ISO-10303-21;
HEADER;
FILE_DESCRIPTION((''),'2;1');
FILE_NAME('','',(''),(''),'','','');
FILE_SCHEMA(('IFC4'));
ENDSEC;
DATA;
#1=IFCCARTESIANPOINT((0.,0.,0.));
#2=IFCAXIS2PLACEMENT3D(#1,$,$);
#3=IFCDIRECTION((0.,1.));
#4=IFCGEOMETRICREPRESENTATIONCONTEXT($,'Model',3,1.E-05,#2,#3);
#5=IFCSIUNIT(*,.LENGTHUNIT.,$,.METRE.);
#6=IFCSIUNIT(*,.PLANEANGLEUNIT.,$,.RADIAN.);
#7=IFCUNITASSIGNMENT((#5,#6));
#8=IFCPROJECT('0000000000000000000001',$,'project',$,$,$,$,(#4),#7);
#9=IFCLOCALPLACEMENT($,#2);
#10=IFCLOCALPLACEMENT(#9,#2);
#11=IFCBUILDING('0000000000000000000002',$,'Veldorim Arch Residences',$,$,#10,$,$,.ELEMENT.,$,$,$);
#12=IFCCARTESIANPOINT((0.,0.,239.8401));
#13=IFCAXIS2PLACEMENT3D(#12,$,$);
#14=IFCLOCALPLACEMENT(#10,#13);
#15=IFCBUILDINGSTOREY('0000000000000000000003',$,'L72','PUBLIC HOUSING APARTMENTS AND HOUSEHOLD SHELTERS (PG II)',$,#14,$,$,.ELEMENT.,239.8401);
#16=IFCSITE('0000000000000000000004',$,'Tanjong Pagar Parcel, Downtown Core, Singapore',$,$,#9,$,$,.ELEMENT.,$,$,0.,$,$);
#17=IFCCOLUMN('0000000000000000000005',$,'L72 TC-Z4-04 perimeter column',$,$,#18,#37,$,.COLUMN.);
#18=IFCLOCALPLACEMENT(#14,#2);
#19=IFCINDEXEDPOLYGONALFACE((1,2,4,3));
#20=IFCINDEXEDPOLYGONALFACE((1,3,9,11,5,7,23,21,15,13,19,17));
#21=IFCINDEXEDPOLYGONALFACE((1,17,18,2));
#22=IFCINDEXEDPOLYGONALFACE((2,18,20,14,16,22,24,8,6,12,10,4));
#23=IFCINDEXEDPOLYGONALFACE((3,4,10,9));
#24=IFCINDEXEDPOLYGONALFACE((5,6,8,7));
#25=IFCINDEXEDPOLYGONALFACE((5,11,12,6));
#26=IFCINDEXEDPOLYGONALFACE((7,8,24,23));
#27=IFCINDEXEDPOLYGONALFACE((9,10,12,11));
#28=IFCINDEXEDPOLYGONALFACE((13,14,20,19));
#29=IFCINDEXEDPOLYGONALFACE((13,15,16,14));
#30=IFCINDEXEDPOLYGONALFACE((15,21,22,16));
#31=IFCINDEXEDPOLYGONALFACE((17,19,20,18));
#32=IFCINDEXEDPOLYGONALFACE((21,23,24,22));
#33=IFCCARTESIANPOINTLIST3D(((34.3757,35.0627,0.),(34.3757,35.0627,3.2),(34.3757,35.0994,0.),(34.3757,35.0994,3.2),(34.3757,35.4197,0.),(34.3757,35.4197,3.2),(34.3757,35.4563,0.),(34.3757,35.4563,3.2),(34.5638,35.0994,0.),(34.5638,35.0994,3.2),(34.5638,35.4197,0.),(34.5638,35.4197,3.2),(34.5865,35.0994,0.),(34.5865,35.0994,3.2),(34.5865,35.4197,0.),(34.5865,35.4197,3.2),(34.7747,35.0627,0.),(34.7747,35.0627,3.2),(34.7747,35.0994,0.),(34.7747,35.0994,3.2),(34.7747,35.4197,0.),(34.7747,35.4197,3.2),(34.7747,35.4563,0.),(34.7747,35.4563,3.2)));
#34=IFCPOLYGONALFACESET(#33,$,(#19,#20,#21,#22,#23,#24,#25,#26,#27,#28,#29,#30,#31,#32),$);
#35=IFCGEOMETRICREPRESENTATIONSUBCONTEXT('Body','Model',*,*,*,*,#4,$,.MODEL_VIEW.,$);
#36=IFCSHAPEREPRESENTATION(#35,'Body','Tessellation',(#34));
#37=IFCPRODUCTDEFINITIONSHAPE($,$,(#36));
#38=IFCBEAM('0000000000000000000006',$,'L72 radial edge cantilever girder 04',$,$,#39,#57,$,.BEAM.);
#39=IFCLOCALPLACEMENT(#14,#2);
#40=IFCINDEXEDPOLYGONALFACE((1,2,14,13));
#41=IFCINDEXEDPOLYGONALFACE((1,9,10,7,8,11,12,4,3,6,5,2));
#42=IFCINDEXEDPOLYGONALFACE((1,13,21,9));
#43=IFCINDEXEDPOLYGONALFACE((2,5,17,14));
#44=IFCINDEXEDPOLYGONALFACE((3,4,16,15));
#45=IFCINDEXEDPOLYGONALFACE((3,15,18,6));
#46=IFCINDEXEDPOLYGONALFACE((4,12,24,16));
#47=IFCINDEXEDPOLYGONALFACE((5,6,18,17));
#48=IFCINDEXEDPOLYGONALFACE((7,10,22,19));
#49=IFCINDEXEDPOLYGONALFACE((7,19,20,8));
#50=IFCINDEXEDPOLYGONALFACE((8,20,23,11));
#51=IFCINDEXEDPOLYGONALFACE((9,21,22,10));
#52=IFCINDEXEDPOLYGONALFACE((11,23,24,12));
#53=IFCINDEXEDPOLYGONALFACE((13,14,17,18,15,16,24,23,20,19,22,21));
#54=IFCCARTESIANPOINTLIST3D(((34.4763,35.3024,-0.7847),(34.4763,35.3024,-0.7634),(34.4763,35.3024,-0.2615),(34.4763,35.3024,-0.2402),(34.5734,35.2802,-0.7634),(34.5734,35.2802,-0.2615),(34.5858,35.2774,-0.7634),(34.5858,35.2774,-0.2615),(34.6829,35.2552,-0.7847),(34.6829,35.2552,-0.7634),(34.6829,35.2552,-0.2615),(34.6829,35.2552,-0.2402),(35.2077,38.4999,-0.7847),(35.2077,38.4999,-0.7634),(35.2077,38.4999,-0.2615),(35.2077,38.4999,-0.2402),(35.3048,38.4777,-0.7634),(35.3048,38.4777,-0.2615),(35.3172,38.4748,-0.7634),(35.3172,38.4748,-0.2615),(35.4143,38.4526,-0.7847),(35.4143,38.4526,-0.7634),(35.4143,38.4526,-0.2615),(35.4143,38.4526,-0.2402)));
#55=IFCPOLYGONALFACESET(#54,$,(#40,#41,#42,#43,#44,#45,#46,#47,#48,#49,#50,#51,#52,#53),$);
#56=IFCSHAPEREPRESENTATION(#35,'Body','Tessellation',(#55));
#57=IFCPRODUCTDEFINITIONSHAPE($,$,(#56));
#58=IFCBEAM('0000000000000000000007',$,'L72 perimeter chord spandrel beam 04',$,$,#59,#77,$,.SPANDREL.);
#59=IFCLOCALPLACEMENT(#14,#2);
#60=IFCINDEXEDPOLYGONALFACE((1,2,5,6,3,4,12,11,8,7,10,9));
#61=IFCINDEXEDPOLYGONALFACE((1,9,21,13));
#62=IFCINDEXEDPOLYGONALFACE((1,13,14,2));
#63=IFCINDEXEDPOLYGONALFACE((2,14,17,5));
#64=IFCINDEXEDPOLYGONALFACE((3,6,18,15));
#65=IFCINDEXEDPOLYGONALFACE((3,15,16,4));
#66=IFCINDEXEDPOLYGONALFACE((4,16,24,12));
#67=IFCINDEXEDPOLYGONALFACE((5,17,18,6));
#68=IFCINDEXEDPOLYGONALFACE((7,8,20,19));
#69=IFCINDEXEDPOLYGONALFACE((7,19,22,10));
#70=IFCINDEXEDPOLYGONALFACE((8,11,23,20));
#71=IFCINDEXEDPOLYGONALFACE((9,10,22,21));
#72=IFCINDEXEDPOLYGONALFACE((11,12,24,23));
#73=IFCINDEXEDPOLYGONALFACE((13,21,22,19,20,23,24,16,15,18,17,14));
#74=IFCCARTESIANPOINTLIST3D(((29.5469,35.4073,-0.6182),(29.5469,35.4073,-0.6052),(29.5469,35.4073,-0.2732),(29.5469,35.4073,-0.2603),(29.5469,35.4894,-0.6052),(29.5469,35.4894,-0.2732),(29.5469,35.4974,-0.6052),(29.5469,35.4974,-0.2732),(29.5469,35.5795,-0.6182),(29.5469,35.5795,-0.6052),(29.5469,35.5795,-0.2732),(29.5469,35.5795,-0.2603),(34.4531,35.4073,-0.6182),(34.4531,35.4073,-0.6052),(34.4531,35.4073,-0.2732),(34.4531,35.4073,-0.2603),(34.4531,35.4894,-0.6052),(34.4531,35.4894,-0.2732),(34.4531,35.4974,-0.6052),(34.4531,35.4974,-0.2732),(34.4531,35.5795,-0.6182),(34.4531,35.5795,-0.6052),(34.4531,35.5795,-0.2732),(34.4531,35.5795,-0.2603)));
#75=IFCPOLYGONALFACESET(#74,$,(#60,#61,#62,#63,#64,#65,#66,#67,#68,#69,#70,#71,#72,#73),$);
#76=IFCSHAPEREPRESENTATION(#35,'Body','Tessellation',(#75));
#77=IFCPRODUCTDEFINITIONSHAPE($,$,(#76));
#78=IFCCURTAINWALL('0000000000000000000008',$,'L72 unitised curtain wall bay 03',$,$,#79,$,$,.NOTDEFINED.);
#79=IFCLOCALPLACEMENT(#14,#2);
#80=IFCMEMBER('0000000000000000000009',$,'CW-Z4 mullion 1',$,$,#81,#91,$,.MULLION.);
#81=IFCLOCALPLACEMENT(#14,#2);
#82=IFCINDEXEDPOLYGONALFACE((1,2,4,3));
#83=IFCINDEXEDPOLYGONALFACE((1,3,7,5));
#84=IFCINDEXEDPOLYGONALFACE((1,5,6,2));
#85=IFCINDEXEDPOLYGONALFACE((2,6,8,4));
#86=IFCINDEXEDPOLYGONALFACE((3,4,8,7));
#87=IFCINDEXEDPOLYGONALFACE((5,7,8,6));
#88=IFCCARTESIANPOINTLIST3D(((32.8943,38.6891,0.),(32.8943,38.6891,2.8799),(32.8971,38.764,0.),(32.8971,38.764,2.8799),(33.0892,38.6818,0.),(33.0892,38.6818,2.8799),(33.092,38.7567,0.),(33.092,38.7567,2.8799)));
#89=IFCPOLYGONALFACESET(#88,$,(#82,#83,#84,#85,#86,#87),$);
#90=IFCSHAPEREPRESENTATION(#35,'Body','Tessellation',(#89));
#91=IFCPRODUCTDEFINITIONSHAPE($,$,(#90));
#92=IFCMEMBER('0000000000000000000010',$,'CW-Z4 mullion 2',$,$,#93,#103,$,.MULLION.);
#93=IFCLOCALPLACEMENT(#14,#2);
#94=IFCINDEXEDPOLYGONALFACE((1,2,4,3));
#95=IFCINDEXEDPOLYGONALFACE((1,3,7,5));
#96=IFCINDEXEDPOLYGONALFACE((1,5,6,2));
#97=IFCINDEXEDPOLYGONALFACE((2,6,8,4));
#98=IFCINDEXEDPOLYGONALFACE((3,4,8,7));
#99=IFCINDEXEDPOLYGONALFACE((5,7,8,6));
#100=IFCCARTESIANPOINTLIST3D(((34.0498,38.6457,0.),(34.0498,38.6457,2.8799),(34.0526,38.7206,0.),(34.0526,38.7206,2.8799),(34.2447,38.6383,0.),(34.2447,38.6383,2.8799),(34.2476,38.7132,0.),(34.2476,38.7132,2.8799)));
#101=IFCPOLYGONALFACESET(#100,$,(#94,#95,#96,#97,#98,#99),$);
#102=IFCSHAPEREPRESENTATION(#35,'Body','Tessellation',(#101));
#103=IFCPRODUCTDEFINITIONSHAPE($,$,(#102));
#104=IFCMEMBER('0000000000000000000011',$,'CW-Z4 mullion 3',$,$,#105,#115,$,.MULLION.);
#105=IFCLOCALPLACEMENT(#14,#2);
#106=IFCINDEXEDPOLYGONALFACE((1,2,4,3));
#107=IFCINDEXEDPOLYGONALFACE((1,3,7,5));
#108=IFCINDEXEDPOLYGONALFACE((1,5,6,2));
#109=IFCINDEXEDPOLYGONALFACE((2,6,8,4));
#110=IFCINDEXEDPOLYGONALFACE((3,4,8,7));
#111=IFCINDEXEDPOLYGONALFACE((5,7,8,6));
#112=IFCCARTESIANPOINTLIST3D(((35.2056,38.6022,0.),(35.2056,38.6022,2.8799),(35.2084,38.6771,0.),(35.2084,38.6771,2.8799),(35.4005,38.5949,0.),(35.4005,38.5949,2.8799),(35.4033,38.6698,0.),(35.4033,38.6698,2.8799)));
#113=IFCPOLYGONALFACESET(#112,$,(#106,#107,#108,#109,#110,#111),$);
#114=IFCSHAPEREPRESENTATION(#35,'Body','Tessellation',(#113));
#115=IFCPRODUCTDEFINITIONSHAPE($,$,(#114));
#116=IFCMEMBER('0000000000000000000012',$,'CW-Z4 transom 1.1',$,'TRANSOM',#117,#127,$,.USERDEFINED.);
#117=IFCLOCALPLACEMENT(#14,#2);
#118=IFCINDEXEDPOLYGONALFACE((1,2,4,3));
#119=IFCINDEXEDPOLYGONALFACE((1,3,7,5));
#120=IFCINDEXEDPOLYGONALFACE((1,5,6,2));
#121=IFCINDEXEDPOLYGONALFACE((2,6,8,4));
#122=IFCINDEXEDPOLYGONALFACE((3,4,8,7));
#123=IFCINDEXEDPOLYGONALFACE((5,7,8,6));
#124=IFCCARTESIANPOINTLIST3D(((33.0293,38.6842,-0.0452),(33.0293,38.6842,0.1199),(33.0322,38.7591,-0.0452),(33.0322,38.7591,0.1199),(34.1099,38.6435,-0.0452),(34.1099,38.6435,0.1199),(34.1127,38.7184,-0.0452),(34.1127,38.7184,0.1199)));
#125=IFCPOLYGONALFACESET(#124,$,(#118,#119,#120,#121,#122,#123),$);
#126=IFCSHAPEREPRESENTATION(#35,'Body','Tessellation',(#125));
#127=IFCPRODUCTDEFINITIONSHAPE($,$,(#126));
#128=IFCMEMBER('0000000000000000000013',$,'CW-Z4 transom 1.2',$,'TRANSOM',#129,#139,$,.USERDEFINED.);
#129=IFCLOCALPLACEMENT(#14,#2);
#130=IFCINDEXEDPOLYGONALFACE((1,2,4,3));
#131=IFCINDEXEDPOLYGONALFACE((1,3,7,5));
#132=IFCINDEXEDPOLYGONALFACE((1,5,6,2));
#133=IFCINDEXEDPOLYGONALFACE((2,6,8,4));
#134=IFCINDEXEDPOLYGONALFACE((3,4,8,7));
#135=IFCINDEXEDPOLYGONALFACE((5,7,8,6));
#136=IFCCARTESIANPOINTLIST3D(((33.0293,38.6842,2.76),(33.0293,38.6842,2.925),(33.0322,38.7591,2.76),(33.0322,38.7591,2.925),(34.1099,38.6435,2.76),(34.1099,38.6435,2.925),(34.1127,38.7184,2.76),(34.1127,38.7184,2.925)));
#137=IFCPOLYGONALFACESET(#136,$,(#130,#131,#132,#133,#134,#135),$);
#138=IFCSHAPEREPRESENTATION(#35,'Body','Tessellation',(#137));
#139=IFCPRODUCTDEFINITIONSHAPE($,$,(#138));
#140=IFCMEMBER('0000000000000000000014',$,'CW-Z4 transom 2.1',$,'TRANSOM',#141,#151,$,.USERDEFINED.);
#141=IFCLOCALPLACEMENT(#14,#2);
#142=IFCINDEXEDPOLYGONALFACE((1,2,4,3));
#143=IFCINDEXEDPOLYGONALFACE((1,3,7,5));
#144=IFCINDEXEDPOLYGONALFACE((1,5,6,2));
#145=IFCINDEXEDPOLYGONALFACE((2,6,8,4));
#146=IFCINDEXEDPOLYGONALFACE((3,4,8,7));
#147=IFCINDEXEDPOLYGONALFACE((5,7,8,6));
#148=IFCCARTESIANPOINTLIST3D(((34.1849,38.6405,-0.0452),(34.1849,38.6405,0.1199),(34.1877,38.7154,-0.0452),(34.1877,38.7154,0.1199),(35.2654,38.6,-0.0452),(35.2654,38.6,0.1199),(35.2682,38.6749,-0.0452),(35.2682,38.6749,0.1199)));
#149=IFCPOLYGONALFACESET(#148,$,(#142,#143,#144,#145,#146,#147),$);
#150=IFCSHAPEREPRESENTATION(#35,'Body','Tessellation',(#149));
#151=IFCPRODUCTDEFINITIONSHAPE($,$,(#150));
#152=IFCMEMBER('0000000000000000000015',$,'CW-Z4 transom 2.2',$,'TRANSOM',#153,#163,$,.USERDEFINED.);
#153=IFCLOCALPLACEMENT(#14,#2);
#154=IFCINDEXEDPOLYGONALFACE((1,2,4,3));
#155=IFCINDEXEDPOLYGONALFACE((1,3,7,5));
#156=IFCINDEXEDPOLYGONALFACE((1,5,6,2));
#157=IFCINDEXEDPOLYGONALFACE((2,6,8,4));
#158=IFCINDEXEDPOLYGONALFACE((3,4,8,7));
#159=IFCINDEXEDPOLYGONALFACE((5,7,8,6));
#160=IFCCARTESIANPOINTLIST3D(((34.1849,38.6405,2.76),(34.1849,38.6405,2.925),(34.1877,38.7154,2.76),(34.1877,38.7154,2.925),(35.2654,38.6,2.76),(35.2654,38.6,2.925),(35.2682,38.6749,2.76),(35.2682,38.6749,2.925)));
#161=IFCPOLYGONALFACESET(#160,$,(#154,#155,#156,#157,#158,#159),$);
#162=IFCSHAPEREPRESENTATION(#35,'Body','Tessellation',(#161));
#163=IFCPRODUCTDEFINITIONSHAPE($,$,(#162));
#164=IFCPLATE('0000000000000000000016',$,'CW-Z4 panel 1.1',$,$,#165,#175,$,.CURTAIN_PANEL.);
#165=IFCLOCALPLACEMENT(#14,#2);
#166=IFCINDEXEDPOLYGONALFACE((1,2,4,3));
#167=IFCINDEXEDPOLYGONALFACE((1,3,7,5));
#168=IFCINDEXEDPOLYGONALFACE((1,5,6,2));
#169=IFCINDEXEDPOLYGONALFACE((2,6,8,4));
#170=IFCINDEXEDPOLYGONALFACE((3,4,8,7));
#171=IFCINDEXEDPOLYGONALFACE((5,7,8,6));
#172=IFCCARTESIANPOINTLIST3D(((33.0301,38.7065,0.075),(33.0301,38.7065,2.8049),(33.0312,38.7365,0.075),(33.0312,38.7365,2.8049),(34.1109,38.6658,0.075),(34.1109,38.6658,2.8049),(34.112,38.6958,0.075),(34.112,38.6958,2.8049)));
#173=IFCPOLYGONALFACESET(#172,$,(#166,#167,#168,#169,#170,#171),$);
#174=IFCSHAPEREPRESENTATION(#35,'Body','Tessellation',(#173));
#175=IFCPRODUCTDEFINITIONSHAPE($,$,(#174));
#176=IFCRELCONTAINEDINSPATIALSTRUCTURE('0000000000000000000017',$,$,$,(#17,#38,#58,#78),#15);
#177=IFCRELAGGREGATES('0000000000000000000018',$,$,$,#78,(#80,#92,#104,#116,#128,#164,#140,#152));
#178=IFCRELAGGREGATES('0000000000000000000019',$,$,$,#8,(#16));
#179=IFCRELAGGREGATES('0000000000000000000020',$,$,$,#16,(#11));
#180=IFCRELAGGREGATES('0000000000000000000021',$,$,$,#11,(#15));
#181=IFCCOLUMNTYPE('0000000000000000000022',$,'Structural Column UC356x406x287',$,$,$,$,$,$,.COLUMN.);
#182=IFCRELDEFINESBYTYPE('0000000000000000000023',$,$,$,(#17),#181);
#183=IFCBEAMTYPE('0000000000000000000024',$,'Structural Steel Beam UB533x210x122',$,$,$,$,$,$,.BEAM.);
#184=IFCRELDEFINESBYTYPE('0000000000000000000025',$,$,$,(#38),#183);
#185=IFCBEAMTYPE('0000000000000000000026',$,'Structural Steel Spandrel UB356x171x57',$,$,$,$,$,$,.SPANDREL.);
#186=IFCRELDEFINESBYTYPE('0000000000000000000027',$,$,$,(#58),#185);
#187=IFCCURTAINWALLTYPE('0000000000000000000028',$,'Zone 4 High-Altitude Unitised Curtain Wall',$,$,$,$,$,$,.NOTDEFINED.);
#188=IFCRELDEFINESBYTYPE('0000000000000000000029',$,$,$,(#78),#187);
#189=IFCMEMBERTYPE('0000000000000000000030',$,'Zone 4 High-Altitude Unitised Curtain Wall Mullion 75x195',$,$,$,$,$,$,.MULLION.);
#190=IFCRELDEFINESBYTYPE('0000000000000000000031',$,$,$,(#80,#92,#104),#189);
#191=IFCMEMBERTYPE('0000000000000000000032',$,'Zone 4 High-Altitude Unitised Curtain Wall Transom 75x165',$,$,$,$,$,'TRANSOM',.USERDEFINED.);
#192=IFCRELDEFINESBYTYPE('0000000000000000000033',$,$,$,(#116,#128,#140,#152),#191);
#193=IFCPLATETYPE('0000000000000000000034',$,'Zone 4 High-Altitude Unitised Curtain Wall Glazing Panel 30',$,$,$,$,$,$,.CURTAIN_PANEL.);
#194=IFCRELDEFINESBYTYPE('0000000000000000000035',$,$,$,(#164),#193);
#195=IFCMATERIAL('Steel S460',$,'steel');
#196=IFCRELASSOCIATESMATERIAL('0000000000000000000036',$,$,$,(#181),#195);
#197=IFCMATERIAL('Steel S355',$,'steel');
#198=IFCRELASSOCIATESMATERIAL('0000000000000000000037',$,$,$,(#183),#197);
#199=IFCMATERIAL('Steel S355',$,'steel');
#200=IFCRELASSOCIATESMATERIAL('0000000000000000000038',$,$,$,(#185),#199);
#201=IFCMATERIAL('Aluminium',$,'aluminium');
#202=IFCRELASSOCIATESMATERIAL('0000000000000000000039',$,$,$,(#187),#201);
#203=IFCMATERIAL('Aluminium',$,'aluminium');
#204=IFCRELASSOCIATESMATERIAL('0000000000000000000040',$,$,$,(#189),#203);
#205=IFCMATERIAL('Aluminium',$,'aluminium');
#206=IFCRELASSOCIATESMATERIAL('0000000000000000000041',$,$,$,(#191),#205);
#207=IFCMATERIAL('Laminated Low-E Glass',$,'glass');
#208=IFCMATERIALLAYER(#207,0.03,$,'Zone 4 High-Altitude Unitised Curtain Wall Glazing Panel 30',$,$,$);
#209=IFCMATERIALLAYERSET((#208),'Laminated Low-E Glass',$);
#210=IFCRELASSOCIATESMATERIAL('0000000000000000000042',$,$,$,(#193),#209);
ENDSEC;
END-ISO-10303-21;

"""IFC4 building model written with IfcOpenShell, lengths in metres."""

from ifc_helpers import new_model, si_unit, direction, frame, origin, origin_2d, place, context, subcontext, project, spatial, rectangle, i_section, extrude, material, layer, layer_set, material_profile, profile_set, type_object, element, aggregate, save


model = new_model("IFC4")

# Units and contexts
model_context = context("Model", 3, precision=1e-05, world=origin(), true_north=direction((0.0, 1.0)))
body_context = subcontext(model_context, "Body", "Model", "MODEL_VIEW")
ifc_project = project(units=[si_unit("LENGTHUNIT", "METRE"), si_unit("PLANEANGLEUNIT", "RADIAN")], contexts=[model_context])

# Site, building, storey
site_placement = place(None, origin())
site = spatial("IfcSite", under=ifc_project, at=site_placement, Name="Tanjong Pagar Parcel, Downtown Core, Singapore", CompositionType="ELEMENT", RefElevation=0.0)
building_placement = place(site_placement, origin())
building = spatial("IfcBuilding", under=site, at=building_placement, Name="Veldorim Arch Residences", CompositionType="ELEMENT")
storey_placement = place(building_placement, frame((0.0, 0.0, 239.8401)))
storey = spatial("IfcBuildingStorey", under=building, at=storey_placement, Name="L72", Description="PUBLIC HOUSING APARTMENTS AND HOUSEHOLD SHELTERS (PG II)", CompositionType="ELEMENT", Elevation=239.8401)

# Column
ifc_material_1 = material(Name="Steel S460", Category="steel")
ifc_material_profile_1 = material_profile(ifc_material_1, i_section(OverallWidth=0.3989, OverallDepth=0.3936, WebThickness=0.0227, FlangeThickness=0.0366, at=origin_2d()), Name="UC356x406x287")
ifc_profile_set_1 = profile_set([ifc_material_profile_1], Name="Steel S460")
column_type = type_object("IfcColumnType", Name="Structural Column UC356x406x287", PredefinedType="COLUMN", material=ifc_profile_set_1)
column_placement = place(storey_placement, frame((34.5752, 35.2595, 0.0), z_axis=(0.0, 0.0, 1.0), x_axis=(1.0, 0.0, 0.0)))
element("IfcColumn", 1, at=column_placement, inside=storey, type_object=column_type, Name="L72 TC-Z4-04 perimeter column", PredefinedType="COLUMN", context=body_context, shape_type="SweptSolid", body=[
    extrude(i_section(OverallWidth=0.3989, OverallDepth=0.3936, WebThickness=0.0227, FlangeThickness=0.0366, at=origin_2d()), origin(), (0.0, 0.0, 1.0), 3.2),
])

# Beams
ifc_material_2 = material(Name="Steel S355", Category="steel")
ifc_material_profile_2 = material_profile(ifc_material_2, i_section(OverallWidth=0.2119, OverallDepth=0.5444, WebThickness=0.0127, FlangeThickness=0.0212, at=origin_2d()), Name="UB533x210x122")
ifc_profile_set_2 = profile_set([ifc_material_profile_2], Name="Steel S355")
beam_type_1 = type_object("IfcBeamType", Name="Structural Steel Beam UB533x210x122", PredefinedType="BEAM", material=ifc_profile_set_2)
beam_1_placement = place(storey_placement, frame((34.5796, 35.2788, -0.5125), z_axis=(0.222995, 0.97482, 0.0), x_axis=(-0.97482, 0.222995, 0.0)))
element("IfcBeam", 2, at=beam_1_placement, inside=storey, type_object=beam_type_1, Name="L72 radial edge cantilever girder 04", PredefinedType="BEAM", context=body_context, shape_type="SweptSolid", body=[
    extrude(i_section(OverallWidth=0.2119, OverallDepth=0.5444, WebThickness=0.0127, FlangeThickness=0.0212, at=origin_2d()), origin(), (0.0, 0.0, 1.0), 3.28),
])
ifc_material_3 = material(Name="Steel S355", Category="steel")
ifc_material_profile_3 = material_profile(ifc_material_3, i_section(OverallWidth=0.1721, OverallDepth=0.3579, WebThickness=0.0081, FlangeThickness=0.0129, at=origin_2d()), Name="UB356x171x57")
ifc_profile_set_3 = profile_set([ifc_material_profile_3], Name="Steel S355")
beam_type_2 = type_object("IfcBeamType", Name="Structural Steel Spandrel UB356x171x57", PredefinedType="SPANDREL", material=ifc_profile_set_3)
beam_2_placement = place(storey_placement, frame((34.4531, 35.4934, -0.4392), z_axis=(-1.0, 0.0, 0.0), x_axis=(0.0, -1.0, 0.0)))
element("IfcBeam", 3, at=beam_2_placement, inside=storey, type_object=beam_type_2, Name="L72 perimeter chord spandrel beam 04", PredefinedType="SPANDREL", context=body_context, shape_type="SweptSolid", body=[
    extrude(i_section(OverallWidth=0.1721, OverallDepth=0.3579, WebThickness=0.0081, FlangeThickness=0.0129, at=origin_2d()), origin(), (0.0, 0.0, 1.0), 4.9062),
])

# Curtain wall, members, plate
ifc_material_4 = material(Name="Aluminium", Category="aluminium")
curtain_wall_type = type_object("IfcCurtainWallType", Name="Zone 4 High-Altitude Unitised Curtain Wall", PredefinedType="NOTDEFINED", material=ifc_material_4)
curtain_wall_placement = place(storey_placement, origin())
curtain_wall = element("IfcCurtainWall", 4, at=curtain_wall_placement, inside=storey, type_object=curtain_wall_type, Name="L72 unitised curtain wall bay 03", PredefinedType="NOTDEFINED")
ifc_material_5 = material(Name="Aluminium", Category="aluminium")
ifc_material_profile_4 = material_profile(ifc_material_5, rectangle(XDim=0.075, YDim=0.1951, at=origin_2d()), Name="ALU_MUL_75x195")
ifc_profile_set_4 = profile_set([ifc_material_profile_4], Name="Aluminium")
member_type_1 = type_object("IfcMemberType", Name="Zone 4 High-Altitude Unitised Curtain Wall Mullion 75x195", PredefinedType="MULLION", material=ifc_profile_set_4)
member_1_placement = place(storey_placement, frame((32.9932, 38.7229, 0.0), z_axis=(0.0, 0.0, 1.0), x_axis=(0.037606, 0.999293, 0.0)))
member_1 = element("IfcMember", 5, at=member_1_placement, type_object=member_type_1, Name="CW-Z4 mullion 1", PredefinedType="MULLION", context=body_context, shape_type="SweptSolid", body=[
    extrude(rectangle(XDim=0.075, YDim=0.1951, at=origin_2d()), origin(), (0.0, 0.0, 1.0), 2.8799),
])
member_2_placement = place(storey_placement, frame((34.1487, 38.6794, 0.0), z_axis=(0.0, 0.0, 1.0), x_axis=(0.037606, 0.999293, 0.0)))
member_2 = element("IfcMember", 6, at=member_2_placement, type_object=member_type_1, Name="CW-Z4 mullion 2", PredefinedType="MULLION", context=body_context, shape_type="SweptSolid", body=[
    extrude(rectangle(XDim=0.075, YDim=0.1951, at=origin_2d()), origin(), (0.0, 0.0, 1.0), 2.8799),
])
member_3_placement = place(storey_placement, frame((35.3044, 38.636, 0.0), z_axis=(0.0, 0.0, 1.0), x_axis=(0.037606, 0.999293, 0.0)))
member_3 = element("IfcMember", 7, at=member_3_placement, type_object=member_type_1, Name="CW-Z4 mullion 3", PredefinedType="MULLION", context=body_context, shape_type="SweptSolid", body=[
    extrude(rectangle(XDim=0.075, YDim=0.1951, at=origin_2d()), origin(), (0.0, 0.0, 1.0), 2.8799),
])
ifc_material_6 = material(Name="Aluminium", Category="aluminium")
ifc_material_profile_5 = material_profile(ifc_material_6, rectangle(XDim=0.075, YDim=0.165, at=origin_2d()), Name="ALU_TRN_75x165")
ifc_profile_set_5 = profile_set([ifc_material_profile_5], Name="Aluminium")
member_type_2 = type_object("IfcMemberType", Name="Zone 4 High-Altitude Unitised Curtain Wall Transom 75x165", ElementType="TRANSOM", PredefinedType="USERDEFINED", material=ifc_profile_set_5)
member_4_placement = place(storey_placement, frame((33.0308, 38.7217, 0.0374), z_axis=(0.999289, -0.037705, 0.0), x_axis=(0.037705, 0.999289, 0.0)))
member_4 = element("IfcMember", 8, at=member_4_placement, type_object=member_type_2, Name="CW-Z4 transom 1.1", ObjectType="TRANSOM", PredefinedType="USERDEFINED", context=body_context, shape_type="SweptSolid", body=[
    extrude(rectangle(XDim=0.075, YDim=0.165, at=origin_2d()), origin(), (0.0, 0.0, 1.0), 1.0813),
])
member_5_placement = place(storey_placement, frame((33.0308, 38.7217, 2.8425), z_axis=(0.999289, -0.037705, 0.0), x_axis=(0.037705, 0.999289, 0.0)))
member_5 = element("IfcMember", 9, at=member_5_placement, type_object=member_type_2, Name="CW-Z4 transom 1.2", ObjectType="TRANSOM", PredefinedType="USERDEFINED", context=body_context, shape_type="SweptSolid", body=[
    extrude(rectangle(XDim=0.075, YDim=0.165, at=origin_2d()), origin(), (0.0, 0.0, 1.0), 1.0813),
])
member_6_placement = place(storey_placement, frame((34.1863, 38.678, 0.0374), z_axis=(0.999297, -0.037479, 0.0), x_axis=(0.037479, 0.999297, 0.0)))
member_6 = element("IfcMember", 10, at=member_6_placement, type_object=member_type_2, Name="CW-Z4 transom 2.1", ObjectType="TRANSOM", PredefinedType="USERDEFINED", context=body_context, shape_type="SweptSolid", body=[
    extrude(rectangle(XDim=0.075, YDim=0.165, at=origin_2d()), origin(), (0.0, 0.0, 1.0), 1.0813),
])
member_7_placement = place(storey_placement, frame((34.1863, 38.678, 2.8425), z_axis=(0.999297, -0.037479, 0.0), x_axis=(0.037479, 0.999297, 0.0)))
member_7 = element("IfcMember", 11, at=member_7_placement, type_object=member_type_2, Name="CW-Z4 transom 2.2", ObjectType="TRANSOM", PredefinedType="USERDEFINED", context=body_context, shape_type="SweptSolid", body=[
    extrude(rectangle(XDim=0.075, YDim=0.165, at=origin_2d()), origin(), (0.0, 0.0, 1.0), 1.0813),
])
ifc_material_7 = material(Name="Laminated Low-E Glass", Category="glass")
ifc_layer_1 = layer(ifc_material_7, 0.03, Name="Zone 4 High-Altitude Unitised Curtain Wall Glazing Panel 30")
ifc_layer_set_1 = layer_set([ifc_layer_1], Name="Laminated Low-E Glass")
plate_type = type_object("IfcPlateType", Name="Zone 4 High-Altitude Unitised Curtain Wall Glazing Panel 30", PredefinedType="CURTAIN_PANEL", material=ifc_layer_set_1)
plate_1_placement = place(storey_placement, frame((33.571, 38.7012, 0.075), z_axis=(0.0, 0.0, 1.0), x_axis=(0.999293, -0.037606, 0.0)))
plate_1 = element("IfcPlate", 12, at=plate_1_placement, type_object=plate_type, Name="CW-Z4 panel 1.1", PredefinedType="CURTAIN_PANEL", context=body_context, shape_type="SweptSolid", body=[
    extrude(rectangle(XDim=1.0815, YDim=0.03, at=origin_2d()), origin(), (0.0, 0.0, 1.0), 2.73),
])
aggregate(curtain_wall, [member_1, member_2, member_3, member_4, member_5, plate_1, member_6, member_7])

save(model, "model.ifc")
